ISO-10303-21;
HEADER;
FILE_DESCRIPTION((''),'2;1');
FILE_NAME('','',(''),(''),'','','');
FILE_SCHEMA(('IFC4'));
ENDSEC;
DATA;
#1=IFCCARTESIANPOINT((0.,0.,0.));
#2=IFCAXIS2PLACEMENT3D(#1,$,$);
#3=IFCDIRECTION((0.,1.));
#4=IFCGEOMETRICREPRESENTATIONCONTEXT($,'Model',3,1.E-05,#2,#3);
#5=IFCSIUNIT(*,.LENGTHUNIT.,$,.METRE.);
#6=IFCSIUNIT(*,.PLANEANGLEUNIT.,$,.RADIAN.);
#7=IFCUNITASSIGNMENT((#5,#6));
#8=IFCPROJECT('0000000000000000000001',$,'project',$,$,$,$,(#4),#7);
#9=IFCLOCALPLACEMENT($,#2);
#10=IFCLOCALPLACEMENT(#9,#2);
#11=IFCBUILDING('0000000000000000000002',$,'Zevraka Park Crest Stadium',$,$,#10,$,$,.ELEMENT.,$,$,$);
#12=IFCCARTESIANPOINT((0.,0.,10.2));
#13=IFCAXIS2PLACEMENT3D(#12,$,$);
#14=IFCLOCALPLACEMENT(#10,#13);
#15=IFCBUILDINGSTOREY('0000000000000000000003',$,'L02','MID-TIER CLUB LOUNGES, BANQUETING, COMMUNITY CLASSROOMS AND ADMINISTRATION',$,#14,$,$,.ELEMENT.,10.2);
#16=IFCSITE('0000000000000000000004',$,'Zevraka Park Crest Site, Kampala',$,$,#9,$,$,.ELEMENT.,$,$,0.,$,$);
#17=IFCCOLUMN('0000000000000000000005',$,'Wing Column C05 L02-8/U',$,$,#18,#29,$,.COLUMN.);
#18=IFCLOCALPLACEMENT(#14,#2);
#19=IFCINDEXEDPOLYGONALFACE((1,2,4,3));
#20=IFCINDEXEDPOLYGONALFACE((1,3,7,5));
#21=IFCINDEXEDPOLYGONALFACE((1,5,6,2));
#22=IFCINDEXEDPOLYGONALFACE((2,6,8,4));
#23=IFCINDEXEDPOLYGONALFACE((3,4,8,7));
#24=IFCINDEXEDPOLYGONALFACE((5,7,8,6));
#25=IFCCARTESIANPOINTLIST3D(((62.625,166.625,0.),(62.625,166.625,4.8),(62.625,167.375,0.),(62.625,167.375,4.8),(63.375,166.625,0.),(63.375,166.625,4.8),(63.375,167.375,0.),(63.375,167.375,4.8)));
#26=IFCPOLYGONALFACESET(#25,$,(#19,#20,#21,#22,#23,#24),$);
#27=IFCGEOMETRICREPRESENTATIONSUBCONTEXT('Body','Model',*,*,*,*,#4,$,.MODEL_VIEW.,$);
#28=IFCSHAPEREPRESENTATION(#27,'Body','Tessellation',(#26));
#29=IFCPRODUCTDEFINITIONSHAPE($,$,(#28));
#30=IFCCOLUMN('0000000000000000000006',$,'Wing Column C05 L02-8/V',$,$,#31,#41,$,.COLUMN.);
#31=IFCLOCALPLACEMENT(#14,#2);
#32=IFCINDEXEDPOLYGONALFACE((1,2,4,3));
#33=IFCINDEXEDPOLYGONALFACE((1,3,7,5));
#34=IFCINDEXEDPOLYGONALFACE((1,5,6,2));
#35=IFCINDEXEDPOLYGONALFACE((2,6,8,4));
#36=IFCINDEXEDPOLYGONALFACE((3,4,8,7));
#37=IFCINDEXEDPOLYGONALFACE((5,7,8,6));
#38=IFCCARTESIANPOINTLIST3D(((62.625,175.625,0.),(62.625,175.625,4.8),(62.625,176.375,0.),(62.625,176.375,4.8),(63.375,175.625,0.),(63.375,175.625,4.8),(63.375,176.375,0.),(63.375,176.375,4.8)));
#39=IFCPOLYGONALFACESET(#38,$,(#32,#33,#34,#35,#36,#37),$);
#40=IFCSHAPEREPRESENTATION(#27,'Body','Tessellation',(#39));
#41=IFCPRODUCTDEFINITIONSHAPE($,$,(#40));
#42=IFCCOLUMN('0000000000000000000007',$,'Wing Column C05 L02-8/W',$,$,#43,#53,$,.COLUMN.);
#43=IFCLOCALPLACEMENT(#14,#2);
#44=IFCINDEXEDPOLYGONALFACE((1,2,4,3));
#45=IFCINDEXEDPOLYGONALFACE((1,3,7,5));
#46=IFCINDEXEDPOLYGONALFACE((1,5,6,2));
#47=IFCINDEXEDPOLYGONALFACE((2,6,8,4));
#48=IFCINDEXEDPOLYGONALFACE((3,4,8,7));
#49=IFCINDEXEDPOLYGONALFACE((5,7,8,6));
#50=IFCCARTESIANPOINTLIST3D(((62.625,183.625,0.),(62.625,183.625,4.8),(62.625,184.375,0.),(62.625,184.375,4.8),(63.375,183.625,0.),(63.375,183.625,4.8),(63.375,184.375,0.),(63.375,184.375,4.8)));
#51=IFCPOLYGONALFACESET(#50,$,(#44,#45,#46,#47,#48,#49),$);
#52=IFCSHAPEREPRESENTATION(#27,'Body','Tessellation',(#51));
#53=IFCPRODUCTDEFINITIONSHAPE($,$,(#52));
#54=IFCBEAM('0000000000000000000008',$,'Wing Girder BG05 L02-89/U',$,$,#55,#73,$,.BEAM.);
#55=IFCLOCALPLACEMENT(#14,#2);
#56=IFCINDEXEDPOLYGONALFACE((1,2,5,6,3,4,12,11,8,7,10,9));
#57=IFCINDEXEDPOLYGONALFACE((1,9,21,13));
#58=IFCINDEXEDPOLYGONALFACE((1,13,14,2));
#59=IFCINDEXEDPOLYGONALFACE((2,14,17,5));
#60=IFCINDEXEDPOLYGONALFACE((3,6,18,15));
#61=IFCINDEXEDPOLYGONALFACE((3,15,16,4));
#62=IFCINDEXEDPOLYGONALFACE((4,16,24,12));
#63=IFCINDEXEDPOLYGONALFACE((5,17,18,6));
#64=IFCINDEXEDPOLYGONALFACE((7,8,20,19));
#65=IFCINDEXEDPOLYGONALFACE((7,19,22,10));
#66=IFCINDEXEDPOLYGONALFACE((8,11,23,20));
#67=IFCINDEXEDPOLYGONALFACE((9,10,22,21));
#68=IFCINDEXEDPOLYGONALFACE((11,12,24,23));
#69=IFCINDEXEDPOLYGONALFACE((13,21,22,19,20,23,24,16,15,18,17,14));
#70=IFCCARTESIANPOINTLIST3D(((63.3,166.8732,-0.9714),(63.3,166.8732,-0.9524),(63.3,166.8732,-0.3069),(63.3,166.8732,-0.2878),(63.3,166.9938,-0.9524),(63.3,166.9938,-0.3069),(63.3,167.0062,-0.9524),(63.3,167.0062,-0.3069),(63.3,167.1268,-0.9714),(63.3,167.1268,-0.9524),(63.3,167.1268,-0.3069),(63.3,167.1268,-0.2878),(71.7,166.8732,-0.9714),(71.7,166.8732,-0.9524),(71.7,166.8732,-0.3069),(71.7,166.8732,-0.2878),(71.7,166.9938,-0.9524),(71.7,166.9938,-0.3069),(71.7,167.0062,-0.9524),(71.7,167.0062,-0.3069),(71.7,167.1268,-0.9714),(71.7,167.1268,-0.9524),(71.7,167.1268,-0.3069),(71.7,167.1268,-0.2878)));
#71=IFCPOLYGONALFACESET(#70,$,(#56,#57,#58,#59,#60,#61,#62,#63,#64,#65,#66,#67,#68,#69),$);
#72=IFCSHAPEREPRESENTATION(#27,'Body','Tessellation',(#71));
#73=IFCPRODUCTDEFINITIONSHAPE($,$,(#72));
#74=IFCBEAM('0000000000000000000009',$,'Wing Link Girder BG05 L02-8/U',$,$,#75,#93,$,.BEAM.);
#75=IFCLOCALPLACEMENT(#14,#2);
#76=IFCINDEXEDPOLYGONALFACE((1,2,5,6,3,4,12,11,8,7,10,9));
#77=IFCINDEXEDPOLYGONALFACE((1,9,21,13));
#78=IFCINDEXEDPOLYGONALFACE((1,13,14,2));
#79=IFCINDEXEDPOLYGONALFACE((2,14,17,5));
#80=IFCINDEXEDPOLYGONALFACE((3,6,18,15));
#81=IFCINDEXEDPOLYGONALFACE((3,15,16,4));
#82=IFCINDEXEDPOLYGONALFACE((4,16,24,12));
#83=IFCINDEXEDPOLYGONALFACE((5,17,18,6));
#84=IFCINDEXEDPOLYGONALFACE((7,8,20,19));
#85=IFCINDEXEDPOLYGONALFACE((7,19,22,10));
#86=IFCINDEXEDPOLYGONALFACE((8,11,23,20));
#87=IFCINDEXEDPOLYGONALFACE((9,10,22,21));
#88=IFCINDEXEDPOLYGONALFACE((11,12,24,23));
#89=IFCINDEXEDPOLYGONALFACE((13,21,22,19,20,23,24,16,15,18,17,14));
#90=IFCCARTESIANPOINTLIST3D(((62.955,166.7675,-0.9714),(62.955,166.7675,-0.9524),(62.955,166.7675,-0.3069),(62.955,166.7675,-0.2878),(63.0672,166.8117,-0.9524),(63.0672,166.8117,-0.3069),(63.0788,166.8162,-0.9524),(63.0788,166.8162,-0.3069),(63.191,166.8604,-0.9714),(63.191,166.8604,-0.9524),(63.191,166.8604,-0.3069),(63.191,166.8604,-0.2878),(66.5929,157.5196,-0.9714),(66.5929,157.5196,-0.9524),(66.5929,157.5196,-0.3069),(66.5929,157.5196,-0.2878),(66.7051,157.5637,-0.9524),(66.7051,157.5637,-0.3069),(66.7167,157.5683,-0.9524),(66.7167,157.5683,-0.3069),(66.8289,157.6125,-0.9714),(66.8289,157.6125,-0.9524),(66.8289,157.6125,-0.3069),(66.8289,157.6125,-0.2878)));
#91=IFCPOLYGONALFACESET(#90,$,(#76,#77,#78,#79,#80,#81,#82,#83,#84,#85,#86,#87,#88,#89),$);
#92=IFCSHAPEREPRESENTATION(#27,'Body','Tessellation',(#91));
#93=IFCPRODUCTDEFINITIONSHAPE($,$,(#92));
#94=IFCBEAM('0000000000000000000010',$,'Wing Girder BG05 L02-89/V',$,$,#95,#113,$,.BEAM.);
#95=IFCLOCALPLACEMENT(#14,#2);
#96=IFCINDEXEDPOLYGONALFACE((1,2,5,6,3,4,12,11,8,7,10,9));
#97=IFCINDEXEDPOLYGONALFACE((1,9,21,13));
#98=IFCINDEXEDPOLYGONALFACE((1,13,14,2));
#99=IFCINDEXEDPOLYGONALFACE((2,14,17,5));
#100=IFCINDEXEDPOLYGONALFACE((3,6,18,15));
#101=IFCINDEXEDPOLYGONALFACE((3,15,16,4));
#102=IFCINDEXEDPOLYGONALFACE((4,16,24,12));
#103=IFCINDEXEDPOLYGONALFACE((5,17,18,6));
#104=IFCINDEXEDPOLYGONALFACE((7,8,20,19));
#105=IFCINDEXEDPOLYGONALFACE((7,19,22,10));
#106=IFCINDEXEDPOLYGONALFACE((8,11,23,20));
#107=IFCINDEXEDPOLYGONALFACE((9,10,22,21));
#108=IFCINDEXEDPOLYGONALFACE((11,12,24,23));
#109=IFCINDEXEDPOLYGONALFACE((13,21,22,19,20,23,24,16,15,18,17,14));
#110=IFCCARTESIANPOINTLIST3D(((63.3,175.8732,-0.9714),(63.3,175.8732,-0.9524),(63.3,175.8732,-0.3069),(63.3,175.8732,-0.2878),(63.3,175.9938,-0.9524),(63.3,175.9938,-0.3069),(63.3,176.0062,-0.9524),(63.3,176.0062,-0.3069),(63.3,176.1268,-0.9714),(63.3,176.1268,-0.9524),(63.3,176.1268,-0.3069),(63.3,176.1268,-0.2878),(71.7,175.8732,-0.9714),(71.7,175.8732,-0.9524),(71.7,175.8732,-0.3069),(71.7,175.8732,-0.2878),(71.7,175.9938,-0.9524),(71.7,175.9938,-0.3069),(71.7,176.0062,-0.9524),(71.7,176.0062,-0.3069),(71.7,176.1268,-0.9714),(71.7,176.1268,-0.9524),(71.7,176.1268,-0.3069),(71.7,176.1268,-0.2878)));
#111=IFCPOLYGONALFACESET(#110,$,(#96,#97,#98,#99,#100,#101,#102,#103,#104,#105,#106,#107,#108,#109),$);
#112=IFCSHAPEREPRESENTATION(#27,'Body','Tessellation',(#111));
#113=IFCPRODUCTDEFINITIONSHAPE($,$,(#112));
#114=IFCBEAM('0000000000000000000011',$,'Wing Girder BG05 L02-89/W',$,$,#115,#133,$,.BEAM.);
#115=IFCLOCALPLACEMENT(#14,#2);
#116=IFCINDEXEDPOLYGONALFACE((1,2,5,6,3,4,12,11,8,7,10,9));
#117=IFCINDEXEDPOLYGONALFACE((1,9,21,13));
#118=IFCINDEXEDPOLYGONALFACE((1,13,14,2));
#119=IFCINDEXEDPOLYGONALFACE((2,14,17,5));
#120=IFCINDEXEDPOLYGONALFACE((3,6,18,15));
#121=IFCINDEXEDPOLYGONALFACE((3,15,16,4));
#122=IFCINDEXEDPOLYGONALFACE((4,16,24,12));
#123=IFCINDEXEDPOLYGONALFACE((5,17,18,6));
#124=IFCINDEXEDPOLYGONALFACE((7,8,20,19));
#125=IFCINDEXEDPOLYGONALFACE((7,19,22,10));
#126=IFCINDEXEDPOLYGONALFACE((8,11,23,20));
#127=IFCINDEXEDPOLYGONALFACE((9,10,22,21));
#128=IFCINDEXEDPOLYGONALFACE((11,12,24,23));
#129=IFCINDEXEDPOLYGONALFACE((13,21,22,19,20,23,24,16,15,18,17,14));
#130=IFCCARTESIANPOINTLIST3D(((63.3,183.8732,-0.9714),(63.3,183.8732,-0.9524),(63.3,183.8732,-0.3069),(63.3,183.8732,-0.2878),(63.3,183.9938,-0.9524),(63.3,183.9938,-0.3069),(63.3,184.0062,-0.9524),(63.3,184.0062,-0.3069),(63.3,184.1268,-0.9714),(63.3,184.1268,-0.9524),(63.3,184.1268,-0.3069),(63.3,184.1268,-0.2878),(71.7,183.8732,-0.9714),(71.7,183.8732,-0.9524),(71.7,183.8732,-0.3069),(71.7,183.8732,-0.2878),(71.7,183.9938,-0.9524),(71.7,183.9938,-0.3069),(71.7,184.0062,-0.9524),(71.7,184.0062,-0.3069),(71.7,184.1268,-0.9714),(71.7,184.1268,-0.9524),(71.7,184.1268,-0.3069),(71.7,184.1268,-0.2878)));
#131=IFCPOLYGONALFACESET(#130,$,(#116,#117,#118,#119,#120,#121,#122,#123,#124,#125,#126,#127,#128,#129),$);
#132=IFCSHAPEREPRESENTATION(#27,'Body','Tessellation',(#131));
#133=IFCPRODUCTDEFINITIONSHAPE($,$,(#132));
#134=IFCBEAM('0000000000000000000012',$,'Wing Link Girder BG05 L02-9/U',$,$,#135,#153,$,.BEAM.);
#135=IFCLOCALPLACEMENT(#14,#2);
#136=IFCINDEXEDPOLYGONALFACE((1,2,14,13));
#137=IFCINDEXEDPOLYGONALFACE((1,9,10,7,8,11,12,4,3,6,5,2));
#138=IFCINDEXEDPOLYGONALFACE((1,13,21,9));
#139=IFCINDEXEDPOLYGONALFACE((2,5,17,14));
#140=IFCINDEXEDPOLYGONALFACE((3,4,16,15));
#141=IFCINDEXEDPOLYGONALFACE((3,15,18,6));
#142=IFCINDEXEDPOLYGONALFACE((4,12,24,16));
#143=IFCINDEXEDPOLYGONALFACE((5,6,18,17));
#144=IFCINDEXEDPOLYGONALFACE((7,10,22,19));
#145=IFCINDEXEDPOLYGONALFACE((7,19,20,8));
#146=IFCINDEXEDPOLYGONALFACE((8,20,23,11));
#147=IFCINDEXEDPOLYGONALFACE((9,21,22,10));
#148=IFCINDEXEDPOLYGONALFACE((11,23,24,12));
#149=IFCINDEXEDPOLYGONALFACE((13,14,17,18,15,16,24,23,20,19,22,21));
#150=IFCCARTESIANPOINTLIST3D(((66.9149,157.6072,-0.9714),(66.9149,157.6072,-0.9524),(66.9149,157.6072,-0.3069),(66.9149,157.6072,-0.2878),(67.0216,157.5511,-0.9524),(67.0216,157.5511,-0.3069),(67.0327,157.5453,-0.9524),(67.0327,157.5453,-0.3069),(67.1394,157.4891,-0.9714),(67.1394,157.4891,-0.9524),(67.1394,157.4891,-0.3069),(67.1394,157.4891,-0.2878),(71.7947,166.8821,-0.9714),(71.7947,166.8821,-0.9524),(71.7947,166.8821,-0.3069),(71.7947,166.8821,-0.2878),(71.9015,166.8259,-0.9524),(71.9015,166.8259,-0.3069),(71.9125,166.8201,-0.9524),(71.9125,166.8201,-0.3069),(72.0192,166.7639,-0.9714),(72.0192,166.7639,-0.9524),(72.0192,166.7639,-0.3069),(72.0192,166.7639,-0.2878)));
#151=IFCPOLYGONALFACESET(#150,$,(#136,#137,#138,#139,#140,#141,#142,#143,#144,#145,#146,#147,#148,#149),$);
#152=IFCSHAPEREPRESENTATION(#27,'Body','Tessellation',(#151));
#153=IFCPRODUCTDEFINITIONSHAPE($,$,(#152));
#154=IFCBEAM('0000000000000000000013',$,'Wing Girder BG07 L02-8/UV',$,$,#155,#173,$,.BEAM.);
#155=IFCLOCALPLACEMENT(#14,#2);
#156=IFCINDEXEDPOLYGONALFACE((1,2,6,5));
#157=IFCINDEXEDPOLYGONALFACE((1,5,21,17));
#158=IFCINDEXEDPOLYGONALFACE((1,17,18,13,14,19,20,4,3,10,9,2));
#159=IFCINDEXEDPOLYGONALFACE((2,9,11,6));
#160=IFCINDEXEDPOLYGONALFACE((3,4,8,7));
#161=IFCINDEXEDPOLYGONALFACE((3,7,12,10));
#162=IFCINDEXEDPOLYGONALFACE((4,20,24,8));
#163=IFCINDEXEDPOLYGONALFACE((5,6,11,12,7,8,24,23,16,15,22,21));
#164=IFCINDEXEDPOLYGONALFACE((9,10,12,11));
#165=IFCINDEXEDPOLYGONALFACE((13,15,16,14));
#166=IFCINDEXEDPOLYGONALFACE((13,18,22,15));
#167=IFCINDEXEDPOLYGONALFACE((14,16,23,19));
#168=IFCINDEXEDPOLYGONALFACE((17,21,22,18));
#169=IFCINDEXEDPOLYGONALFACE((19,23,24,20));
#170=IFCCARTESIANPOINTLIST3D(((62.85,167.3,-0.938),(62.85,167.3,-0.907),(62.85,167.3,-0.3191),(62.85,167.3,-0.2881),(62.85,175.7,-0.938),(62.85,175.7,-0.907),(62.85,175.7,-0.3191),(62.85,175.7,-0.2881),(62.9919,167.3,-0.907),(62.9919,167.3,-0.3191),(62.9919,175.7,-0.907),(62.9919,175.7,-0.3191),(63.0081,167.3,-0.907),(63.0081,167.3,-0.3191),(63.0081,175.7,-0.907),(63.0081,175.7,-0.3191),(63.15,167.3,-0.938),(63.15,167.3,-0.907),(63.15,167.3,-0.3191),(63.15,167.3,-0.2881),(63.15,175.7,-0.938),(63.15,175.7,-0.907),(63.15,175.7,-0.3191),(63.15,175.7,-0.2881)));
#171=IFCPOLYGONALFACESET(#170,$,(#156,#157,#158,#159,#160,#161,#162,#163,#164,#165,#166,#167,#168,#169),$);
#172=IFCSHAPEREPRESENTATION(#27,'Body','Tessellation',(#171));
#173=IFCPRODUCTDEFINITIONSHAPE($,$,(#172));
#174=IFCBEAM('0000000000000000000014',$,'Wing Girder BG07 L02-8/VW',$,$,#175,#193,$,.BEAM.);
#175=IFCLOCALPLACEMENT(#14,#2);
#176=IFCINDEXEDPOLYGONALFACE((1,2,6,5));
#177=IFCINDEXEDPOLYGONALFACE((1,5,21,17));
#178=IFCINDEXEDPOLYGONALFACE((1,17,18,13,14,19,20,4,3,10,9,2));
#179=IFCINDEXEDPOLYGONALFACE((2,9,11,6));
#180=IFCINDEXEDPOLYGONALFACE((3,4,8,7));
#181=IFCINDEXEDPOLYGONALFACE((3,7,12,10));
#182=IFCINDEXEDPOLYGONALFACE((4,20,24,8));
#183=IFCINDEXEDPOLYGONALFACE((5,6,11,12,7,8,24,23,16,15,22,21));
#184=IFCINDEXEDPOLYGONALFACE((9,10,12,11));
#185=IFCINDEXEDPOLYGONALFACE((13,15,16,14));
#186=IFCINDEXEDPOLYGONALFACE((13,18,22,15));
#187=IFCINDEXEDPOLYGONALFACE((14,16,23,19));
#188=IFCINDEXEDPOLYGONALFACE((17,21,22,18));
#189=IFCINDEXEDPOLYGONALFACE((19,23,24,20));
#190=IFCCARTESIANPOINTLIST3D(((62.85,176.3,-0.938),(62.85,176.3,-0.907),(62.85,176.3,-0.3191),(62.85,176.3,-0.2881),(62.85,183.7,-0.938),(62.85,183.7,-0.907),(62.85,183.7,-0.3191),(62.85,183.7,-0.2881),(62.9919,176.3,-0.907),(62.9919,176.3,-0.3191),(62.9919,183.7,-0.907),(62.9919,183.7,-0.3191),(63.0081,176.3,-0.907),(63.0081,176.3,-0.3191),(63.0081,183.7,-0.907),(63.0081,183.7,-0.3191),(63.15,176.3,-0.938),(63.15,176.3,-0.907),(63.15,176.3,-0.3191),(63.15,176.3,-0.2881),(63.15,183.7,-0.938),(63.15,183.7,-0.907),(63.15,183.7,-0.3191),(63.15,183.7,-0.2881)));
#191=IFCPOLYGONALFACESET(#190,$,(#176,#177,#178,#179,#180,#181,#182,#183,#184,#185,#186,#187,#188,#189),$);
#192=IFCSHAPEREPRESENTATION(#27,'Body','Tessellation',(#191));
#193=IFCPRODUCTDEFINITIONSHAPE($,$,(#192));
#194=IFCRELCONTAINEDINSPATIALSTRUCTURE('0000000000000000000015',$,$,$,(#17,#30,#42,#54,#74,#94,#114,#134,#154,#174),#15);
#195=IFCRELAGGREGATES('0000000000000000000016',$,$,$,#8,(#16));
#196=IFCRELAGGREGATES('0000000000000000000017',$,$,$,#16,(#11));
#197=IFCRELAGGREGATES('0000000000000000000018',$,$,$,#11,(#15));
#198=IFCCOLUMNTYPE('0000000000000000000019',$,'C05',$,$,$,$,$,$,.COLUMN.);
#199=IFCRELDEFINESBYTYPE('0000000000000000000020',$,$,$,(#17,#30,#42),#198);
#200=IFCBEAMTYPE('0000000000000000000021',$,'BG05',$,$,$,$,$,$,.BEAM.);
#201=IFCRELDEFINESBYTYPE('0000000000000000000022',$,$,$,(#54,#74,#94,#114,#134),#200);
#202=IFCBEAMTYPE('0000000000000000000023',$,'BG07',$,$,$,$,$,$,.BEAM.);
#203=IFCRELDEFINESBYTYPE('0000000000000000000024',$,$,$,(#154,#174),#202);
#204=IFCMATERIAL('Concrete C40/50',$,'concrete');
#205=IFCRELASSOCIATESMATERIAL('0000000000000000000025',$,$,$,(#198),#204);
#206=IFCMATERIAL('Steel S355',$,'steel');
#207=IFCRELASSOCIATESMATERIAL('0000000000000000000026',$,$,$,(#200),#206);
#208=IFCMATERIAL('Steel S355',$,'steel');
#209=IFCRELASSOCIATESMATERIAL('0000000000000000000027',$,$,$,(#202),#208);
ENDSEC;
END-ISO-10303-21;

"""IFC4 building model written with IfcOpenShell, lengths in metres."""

from ifc_helpers import new_model, si_unit, direction, frame, origin, origin_2d, place, context, subcontext, project, spatial, rectangle, i_section, extrude, material, material_profile, profile_set, type_object, element, save


model = new_model("IFC4")

# Units and contexts
model_context = context("Model", 3, precision=1e-05, world=origin(), true_north=direction((0.0, 1.0)))
body_context = subcontext(model_context, "Body", "Model", "MODEL_VIEW")
ifc_project = project(units=[si_unit("LENGTHUNIT", "METRE"), si_unit("PLANEANGLEUNIT", "RADIAN")], contexts=[model_context])

# Site, building, storey
site_placement = place(None, origin())
site = spatial("IfcSite", under=ifc_project, at=site_placement, Name="Zevraka Park Crest Site, Kampala", CompositionType="ELEMENT", RefElevation=0.0)
building_placement = place(site_placement, origin())
building = spatial("IfcBuilding", under=site, at=building_placement, Name="Zevraka Park Crest Stadium", CompositionType="ELEMENT")
storey_placement = place(building_placement, frame((0.0, 0.0, 10.2)))
storey = spatial("IfcBuildingStorey", under=building, at=storey_placement, Name="L02", Description="MID-TIER CLUB LOUNGES, BANQUETING, COMMUNITY CLASSROOMS AND ADMINISTRATION", CompositionType="ELEMENT", Elevation=10.2)

# Columns
ifc_material_1 = material(Name="Concrete C40/50", Category="concrete")
ifc_material_profile_1 = material_profile(ifc_material_1, rectangle(XDim=0.75, YDim=0.75, at=origin_2d()), Name="RC 750x750")
ifc_profile_set_1 = profile_set([ifc_material_profile_1], Name="Concrete C40/50")
column_type = type_object("IfcColumnType", Name="C05", PredefinedType="COLUMN", material=ifc_profile_set_1)
for number, where, z_axis, x_axis, name in (
    (1, (63.0, 167.0, 0.0), (0.0, 0.0, 1.0), (1.0, 0.0, 0.0), "Wing Column C05 L02-8/U"),
    (2, (63.0, 176.0, 0.0), (0.0, 0.0, 1.0), (1.0, 0.0, 0.0), "Wing Column C05 L02-8/V"),
    (3, (63.0, 184.0, 0.0), (0.0, 0.0, 1.0), (1.0, 0.0, 0.0), "Wing Column C05 L02-8/W"),
):
    element("IfcColumn", number, at=place(storey_placement, frame(where, z_axis=z_axis, x_axis=x_axis)), inside=storey, type_object=column_type, Name=name, PredefinedType="COLUMN", context=body_context, shape_type="SweptSolid", body=[
        extrude(rectangle(XDim=0.75, YDim=0.75, at=origin_2d()), origin(), (0.0, 0.0, 1.0), 4.8),
    ])

# Beams
ifc_material_2 = material(Name="Steel S355", Category="steel")
ifc_material_profile_2 = material_profile(ifc_material_2, i_section(OverallWidth=0.2537, OverallDepth=0.6836, WebThickness=0.0125, FlangeThickness=0.019, at=origin_2d()), Name="UKB 686x254x140")
ifc_profile_set_2 = profile_set([ifc_material_profile_2], Name="Steel S355")
beam_type_1 = type_object("IfcBeamType", Name="BG05", PredefinedType="BEAM", material=ifc_profile_set_2)
beam_1_placement = place(storey_placement, frame((63.3, 167.0, -0.6296), z_axis=(1.0, 0.0, 0.0), x_axis=(0.0, 1.0, 0.0)))
element("IfcBeam", 4, at=beam_1_placement, inside=storey, type_object=beam_type_1, Name="Wing Girder BG05 L02-89/U", PredefinedType="BEAM", context=body_context, shape_type="SweptSolid", body=[
    extrude(i_section(OverallWidth=0.2537, OverallDepth=0.6836, WebThickness=0.0125, FlangeThickness=0.019, at=origin_2d()), origin(), (0.0, 0.0, 1.0), 8.3999),
])
beam_2_placement = place(storey_placement, frame((63.073, 166.814, -0.6296), z_axis=(0.366069, -0.930588, 0.0), x_axis=(0.930588, 0.366069, 0.0)))
element("IfcBeam", 5, at=beam_2_placement, inside=storey, type_object=beam_type_1, Name="Wing Link Girder BG05 L02-8/U", PredefinedType="BEAM", context=body_context, shape_type="SweptSolid", body=[
    extrude(i_section(OverallWidth=0.2537, OverallDepth=0.6836, WebThickness=0.0125, FlangeThickness=0.019, at=origin_2d()), origin(), (0.0, 0.0, 1.0), 9.9377),
])
for number, where, z_axis, x_axis, name in (
    (6, (63.3, 176.0, -0.6296), (1.0, 0.0, 0.0), (0.0, 1.0, 0.0), "Wing Girder BG05 L02-89/V"),
    (7, (63.3, 184.0, -0.6296), (1.0, 0.0, 0.0), (0.0, 1.0, 0.0), "Wing Girder BG05 L02-89/W"),
):
    element("IfcBeam", number, at=place(storey_placement, frame(where, z_axis=z_axis, x_axis=x_axis)), inside=storey, type_object=beam_type_1, Name=name, PredefinedType="BEAM", context=body_context, shape_type="SweptSolid", body=[
        extrude(i_section(OverallWidth=0.2537, OverallDepth=0.6836, WebThickness=0.0125, FlangeThickness=0.019, at=origin_2d()), origin(), (0.0, 0.0, 1.0), 8.3999),
    ])
beam_3_placement = place(storey_placement, frame((71.907, 166.823, -0.6296), z_axis=(-0.465624, -0.884983, 0.0), x_axis=(0.884983, -0.465624, 0.0)))
element("IfcBeam", 8, at=beam_3_placement, inside=storey, type_object=beam_type_1, Name="Wing Link Girder BG05 L02-9/U", PredefinedType="BEAM", context=body_context, shape_type="SweptSolid", body=[
    extrude(i_section(OverallWidth=0.2537, OverallDepth=0.6836, WebThickness=0.0125, FlangeThickness=0.019, at=origin_2d()), origin(), (0.0, 0.0, 1.0), 10.4802),
])
ifc_material_3 = material(Name="Steel S355", Category="steel")
ifc_material_profile_3 = material_profile(ifc_material_3, i_section(OverallWidth=0.3, OverallDepth=0.6499, WebThickness=0.0161, FlangeThickness=0.031, at=origin_2d()), Name="HEB 650")
ifc_profile_set_3 = profile_set([ifc_material_profile_3], Name="Steel S355")
beam_type_2 = type_object("IfcBeamType", Name="BG07", PredefinedType="BEAM", material=ifc_profile_set_3)
beam_4_placement = place(storey_placement, frame((63.0, 167.3, -0.613), z_axis=(0.0, 1.0, 0.0), x_axis=(-1.0, 0.0, 0.0)))
element("IfcBeam", 9, at=beam_4_placement, inside=storey, type_object=beam_type_2, Name="Wing Girder BG07 L02-8/UV", PredefinedType="BEAM", context=body_context, shape_type="SweptSolid", body=[
    extrude(i_section(OverallWidth=0.3, OverallDepth=0.6499, WebThickness=0.0161, FlangeThickness=0.031, at=origin_2d()), origin(), (0.0, 0.0, 1.0), 8.3999),
])
beam_5_placement = place(storey_placement, frame((63.0, 176.3, -0.613), z_axis=(0.0, 1.0, 0.0), x_axis=(-1.0, 0.0, 0.0)))
element("IfcBeam", 10, at=beam_5_placement, inside=storey, type_object=beam_type_2, Name="Wing Girder BG07 L02-8/VW", PredefinedType="BEAM", context=body_context, shape_type="SweptSolid", body=[
    extrude(i_section(OverallWidth=0.3, OverallDepth=0.6499, WebThickness=0.0161, FlangeThickness=0.031, at=origin_2d()), origin(), (0.0, 0.0, 1.0), 7.3999),
])

save(model, "model.ifc")
